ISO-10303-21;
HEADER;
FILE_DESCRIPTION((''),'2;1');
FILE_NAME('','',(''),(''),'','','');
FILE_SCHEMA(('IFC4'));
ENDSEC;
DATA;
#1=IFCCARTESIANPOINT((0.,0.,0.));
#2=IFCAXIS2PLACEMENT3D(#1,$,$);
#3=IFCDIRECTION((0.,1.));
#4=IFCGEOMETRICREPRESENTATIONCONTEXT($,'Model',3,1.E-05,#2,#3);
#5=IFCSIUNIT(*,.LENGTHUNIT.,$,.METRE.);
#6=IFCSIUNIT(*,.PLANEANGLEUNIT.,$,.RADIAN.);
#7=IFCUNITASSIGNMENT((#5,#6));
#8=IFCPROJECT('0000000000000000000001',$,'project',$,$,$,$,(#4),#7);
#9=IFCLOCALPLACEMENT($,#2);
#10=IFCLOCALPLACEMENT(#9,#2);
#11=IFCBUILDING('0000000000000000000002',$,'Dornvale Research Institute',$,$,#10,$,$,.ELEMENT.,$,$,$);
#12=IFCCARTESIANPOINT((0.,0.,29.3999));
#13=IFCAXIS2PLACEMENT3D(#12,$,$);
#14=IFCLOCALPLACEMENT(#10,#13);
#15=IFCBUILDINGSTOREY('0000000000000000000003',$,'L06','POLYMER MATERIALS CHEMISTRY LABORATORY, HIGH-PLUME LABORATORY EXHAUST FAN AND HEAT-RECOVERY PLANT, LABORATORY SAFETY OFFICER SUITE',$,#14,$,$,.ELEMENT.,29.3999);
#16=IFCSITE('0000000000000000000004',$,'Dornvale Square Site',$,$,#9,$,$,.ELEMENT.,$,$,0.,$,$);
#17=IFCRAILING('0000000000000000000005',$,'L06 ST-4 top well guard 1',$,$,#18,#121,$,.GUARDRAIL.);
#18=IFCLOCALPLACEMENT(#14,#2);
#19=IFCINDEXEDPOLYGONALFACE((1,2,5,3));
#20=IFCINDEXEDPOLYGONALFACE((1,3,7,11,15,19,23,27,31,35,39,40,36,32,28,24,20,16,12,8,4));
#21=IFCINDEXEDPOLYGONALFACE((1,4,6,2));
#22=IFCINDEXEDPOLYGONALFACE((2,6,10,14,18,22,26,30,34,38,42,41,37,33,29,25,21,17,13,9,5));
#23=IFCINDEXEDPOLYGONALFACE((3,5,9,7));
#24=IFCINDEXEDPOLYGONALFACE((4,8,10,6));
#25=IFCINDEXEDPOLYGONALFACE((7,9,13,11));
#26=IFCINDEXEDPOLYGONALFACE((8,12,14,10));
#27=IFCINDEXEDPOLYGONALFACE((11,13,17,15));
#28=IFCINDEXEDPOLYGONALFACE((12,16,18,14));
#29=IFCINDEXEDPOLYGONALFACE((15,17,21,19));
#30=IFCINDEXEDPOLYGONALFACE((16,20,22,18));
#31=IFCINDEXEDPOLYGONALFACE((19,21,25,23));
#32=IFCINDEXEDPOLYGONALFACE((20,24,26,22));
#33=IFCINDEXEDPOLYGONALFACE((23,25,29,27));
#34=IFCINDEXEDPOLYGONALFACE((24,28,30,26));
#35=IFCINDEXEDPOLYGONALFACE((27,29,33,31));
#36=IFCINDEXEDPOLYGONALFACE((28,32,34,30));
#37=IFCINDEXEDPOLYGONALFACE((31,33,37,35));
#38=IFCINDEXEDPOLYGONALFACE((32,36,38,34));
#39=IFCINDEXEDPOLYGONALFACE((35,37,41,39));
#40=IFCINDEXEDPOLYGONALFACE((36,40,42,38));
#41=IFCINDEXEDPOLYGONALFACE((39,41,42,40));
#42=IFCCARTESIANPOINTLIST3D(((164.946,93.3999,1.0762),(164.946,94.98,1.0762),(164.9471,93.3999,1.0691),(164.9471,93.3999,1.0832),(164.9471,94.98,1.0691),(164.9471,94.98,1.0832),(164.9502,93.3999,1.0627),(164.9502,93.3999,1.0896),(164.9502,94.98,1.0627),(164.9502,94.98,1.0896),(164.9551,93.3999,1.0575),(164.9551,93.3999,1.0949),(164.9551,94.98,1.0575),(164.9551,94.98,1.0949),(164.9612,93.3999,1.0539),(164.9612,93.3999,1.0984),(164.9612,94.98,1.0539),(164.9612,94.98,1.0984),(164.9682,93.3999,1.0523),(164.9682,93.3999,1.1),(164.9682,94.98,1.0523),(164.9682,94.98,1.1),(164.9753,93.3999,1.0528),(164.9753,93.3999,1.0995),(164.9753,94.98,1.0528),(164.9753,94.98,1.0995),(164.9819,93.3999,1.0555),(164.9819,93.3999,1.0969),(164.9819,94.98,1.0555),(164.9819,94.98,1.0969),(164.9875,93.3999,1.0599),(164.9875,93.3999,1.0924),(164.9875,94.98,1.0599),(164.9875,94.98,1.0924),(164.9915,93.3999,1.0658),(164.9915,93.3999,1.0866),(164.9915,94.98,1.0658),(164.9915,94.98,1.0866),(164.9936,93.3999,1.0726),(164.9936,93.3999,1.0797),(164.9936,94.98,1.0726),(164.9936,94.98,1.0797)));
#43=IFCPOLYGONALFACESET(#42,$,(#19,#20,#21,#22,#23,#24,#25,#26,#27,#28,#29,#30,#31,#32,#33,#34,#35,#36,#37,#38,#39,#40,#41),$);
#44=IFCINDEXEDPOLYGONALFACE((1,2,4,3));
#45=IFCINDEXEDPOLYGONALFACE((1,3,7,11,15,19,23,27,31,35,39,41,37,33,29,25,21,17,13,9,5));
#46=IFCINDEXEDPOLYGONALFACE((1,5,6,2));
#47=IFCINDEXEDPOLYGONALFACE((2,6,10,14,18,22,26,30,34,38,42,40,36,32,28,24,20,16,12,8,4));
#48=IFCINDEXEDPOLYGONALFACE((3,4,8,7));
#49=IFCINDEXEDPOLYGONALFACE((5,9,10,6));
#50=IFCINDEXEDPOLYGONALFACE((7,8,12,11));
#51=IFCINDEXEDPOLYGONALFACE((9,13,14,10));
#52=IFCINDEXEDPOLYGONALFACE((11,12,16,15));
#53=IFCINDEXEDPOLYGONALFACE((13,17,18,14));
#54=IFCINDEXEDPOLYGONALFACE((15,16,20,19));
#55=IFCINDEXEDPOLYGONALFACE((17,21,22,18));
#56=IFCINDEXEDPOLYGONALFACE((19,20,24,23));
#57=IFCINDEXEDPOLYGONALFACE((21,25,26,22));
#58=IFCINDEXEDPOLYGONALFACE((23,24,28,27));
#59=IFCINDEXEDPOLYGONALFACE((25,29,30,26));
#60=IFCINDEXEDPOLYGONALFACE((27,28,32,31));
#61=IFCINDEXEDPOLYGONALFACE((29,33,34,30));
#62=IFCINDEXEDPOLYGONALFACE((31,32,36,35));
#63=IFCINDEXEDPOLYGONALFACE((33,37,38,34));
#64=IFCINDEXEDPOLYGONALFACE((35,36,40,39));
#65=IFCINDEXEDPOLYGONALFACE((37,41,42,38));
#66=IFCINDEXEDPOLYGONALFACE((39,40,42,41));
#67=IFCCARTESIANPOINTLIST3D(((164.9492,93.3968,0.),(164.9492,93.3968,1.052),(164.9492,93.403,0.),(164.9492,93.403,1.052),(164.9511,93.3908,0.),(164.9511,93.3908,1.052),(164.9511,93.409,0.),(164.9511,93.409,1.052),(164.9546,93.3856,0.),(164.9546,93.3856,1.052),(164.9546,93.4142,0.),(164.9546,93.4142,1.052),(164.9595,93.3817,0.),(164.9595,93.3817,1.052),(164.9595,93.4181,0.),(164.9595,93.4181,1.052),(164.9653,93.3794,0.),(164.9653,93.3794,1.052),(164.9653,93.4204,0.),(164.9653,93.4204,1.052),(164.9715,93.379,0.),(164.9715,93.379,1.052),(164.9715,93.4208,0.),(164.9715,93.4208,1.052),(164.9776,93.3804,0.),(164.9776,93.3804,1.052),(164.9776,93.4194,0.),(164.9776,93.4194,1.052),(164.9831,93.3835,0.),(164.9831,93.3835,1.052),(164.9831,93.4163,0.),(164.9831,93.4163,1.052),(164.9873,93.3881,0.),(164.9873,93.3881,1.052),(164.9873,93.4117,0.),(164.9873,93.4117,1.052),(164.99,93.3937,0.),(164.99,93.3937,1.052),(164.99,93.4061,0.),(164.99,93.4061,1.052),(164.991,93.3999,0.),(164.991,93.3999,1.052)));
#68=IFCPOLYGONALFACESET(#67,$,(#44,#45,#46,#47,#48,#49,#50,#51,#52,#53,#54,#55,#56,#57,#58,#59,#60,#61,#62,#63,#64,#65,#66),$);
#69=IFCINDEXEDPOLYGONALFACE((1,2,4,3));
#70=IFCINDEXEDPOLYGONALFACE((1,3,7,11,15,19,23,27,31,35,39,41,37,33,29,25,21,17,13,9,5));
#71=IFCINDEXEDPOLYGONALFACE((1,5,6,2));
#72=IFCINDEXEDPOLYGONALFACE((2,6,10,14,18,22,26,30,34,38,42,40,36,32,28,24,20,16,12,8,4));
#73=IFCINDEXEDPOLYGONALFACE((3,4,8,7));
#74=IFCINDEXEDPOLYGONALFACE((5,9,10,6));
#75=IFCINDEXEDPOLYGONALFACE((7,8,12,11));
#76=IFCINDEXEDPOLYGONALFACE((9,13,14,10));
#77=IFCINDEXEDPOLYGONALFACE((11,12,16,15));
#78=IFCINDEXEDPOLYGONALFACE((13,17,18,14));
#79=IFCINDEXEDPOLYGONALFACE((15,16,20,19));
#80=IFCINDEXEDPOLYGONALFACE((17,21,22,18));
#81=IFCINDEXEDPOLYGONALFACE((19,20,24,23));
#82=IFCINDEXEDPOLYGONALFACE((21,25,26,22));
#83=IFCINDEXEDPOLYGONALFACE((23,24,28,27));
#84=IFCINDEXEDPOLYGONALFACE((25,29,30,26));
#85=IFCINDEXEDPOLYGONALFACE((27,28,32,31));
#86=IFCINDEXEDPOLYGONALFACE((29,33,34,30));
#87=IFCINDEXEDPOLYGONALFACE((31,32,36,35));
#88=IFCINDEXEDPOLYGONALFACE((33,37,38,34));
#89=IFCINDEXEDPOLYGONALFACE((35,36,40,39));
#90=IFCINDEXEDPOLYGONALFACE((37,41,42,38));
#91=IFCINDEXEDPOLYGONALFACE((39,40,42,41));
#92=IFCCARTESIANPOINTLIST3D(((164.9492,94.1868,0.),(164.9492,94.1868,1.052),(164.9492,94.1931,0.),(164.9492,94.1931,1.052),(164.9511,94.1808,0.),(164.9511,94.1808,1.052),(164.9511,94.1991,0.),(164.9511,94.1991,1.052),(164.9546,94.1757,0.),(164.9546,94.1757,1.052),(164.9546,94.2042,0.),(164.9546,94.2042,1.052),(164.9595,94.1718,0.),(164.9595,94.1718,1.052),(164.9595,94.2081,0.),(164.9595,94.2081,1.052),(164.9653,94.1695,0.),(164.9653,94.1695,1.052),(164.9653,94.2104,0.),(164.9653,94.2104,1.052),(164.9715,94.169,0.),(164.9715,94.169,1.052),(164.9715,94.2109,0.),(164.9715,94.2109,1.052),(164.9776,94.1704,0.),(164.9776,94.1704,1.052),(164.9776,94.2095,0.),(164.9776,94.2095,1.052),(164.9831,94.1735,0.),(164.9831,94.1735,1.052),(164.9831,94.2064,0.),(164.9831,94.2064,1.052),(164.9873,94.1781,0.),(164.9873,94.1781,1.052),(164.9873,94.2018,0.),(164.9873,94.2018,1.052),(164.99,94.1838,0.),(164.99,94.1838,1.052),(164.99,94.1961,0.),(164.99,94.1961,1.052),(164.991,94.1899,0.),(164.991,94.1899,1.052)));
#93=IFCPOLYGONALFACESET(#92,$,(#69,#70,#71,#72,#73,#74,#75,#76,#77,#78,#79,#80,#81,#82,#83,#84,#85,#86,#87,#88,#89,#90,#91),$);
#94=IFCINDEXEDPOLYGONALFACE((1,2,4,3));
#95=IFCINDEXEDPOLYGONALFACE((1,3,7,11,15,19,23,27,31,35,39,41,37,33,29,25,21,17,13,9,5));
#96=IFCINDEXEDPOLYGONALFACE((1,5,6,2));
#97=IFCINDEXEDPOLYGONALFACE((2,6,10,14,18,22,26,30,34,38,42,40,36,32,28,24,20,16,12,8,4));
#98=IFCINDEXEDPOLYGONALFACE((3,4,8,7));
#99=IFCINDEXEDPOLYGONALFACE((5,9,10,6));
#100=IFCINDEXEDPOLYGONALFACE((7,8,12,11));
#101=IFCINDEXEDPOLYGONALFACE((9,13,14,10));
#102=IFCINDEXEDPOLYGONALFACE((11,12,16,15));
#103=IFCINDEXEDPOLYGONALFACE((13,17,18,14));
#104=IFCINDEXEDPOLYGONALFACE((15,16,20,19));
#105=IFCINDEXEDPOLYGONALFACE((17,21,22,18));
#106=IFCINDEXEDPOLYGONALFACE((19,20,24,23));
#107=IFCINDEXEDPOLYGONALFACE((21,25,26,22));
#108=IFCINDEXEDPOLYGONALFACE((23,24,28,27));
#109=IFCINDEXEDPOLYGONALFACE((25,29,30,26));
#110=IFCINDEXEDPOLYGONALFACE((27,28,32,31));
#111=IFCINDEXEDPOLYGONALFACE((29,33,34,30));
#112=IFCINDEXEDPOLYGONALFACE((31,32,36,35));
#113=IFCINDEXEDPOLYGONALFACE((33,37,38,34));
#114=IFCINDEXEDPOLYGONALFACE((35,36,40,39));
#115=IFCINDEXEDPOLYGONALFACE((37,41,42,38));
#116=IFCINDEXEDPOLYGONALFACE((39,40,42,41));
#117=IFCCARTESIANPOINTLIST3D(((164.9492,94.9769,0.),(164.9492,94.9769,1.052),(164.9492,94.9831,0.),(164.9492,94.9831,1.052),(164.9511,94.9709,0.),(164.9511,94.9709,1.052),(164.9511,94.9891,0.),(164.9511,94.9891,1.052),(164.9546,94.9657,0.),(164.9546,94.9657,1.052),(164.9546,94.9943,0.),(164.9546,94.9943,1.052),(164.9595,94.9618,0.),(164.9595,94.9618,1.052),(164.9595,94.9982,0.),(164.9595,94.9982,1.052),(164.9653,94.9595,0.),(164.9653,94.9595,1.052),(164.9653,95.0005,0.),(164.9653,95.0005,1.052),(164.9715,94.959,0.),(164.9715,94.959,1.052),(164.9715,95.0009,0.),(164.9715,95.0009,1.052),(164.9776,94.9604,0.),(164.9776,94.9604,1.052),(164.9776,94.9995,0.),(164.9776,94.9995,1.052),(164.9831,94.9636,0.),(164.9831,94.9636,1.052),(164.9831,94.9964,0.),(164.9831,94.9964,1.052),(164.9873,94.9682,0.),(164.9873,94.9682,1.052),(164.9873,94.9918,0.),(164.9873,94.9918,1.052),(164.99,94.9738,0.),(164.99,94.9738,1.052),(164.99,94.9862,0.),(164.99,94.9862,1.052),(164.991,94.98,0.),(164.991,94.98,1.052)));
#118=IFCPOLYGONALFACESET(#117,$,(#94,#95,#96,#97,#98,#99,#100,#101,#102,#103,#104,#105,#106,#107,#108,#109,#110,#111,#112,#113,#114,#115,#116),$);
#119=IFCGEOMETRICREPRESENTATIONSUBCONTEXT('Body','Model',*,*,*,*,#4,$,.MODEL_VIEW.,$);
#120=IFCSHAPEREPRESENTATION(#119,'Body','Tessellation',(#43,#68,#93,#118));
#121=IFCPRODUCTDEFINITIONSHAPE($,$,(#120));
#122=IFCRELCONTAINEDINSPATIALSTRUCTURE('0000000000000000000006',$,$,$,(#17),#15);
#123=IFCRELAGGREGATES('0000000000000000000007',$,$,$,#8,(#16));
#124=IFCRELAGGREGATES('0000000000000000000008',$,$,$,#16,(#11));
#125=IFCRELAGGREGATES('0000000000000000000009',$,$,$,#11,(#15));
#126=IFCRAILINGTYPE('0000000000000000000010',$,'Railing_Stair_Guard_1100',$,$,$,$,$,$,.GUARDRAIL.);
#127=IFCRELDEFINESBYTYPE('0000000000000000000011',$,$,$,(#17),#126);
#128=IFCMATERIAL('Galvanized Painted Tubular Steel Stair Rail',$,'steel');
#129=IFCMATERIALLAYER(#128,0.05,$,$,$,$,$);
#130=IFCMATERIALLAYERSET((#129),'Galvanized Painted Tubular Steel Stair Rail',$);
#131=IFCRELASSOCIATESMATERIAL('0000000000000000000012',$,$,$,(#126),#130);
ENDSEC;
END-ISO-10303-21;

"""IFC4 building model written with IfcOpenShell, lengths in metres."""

from ifc_helpers import new_model, si_unit, direction, frame, origin, origin_2d, place, context, subcontext, project, spatial, circle, extrude, material, layer, layer_set, type_object, element, save


model = new_model("IFC4")

# Units and contexts
model_context = context("Model", 3, precision=1e-05, world=origin(), true_north=direction((0.0, 1.0)))
body_context = subcontext(model_context, "Body", "Model", "MODEL_VIEW")
ifc_project = project(units=[si_unit("LENGTHUNIT", "METRE"), si_unit("PLANEANGLEUNIT", "RADIAN")], contexts=[model_context])

# Site, building, storey
site_placement = place(None, origin())
site = spatial("IfcSite", under=ifc_project, at=site_placement, Name="Dornvale Square Site", CompositionType="ELEMENT", RefElevation=0.0)
building_placement = place(site_placement, origin())
building = spatial("IfcBuilding", under=site, at=building_placement, Name="Dornvale Research Institute", CompositionType="ELEMENT")
storey_placement = place(building_placement, frame((0.0, 0.0, 29.3999)))
storey = spatial("IfcBuildingStorey", under=building, at=storey_placement, Name="L06", Description="POLYMER MATERIALS CHEMISTRY LABORATORY, HIGH-PLUME LABORATORY EXHAUST FAN AND HEAT-RECOVERY PLANT, LABORATORY SAFETY OFFICER SUITE", CompositionType="ELEMENT", Elevation=29.3999)

# Railing
ifc_material_1 = material(Name="Galvanized Painted Tubular Steel Stair Rail", Category="steel")
ifc_layer_1 = layer(ifc_material_1, 0.05)
ifc_layer_set_1 = layer_set([ifc_layer_1], Name="Galvanized Painted Tubular Steel Stair Rail")
railing_type = type_object("IfcRailingType", Name="Railing_Stair_Guard_1100", PredefinedType="GUARDRAIL", material=ifc_layer_set_1)
railing_placement = place(storey_placement, frame((164.97, 93.3999, 0.0)))
element("IfcRailing", 1, at=railing_placement, inside=storey, type_object=railing_type, Name="L06 ST-4 top well guard 1", PredefinedType="GUARDRAIL", context=body_context, shape_type="SweptSolid", body=[
    extrude(circle(Radius=0.0239, at=origin_2d()), frame((0.0, 0.0, 1.0762), z_axis=(0.0, 1.0, 0.0), x_axis=(-1.0, 0.0, 0.0)), (0.0, 0.0, 1.0), 1.5801),
    extrude(circle(Radius=0.021, at=origin_2d()), origin(), (0.0, 0.0, 1.0), 1.052),
    extrude(circle(Radius=0.021, at=origin_2d()), frame((0.0, 0.79, 0.0)), (0.0, 0.0, 1.0), 1.052),
    extrude(circle(Radius=0.021, at=origin_2d()), frame((0.0, 1.5801, 0.0)), (0.0, 0.0, 1.0), 1.052),
])

save(model, "model.ifc")
